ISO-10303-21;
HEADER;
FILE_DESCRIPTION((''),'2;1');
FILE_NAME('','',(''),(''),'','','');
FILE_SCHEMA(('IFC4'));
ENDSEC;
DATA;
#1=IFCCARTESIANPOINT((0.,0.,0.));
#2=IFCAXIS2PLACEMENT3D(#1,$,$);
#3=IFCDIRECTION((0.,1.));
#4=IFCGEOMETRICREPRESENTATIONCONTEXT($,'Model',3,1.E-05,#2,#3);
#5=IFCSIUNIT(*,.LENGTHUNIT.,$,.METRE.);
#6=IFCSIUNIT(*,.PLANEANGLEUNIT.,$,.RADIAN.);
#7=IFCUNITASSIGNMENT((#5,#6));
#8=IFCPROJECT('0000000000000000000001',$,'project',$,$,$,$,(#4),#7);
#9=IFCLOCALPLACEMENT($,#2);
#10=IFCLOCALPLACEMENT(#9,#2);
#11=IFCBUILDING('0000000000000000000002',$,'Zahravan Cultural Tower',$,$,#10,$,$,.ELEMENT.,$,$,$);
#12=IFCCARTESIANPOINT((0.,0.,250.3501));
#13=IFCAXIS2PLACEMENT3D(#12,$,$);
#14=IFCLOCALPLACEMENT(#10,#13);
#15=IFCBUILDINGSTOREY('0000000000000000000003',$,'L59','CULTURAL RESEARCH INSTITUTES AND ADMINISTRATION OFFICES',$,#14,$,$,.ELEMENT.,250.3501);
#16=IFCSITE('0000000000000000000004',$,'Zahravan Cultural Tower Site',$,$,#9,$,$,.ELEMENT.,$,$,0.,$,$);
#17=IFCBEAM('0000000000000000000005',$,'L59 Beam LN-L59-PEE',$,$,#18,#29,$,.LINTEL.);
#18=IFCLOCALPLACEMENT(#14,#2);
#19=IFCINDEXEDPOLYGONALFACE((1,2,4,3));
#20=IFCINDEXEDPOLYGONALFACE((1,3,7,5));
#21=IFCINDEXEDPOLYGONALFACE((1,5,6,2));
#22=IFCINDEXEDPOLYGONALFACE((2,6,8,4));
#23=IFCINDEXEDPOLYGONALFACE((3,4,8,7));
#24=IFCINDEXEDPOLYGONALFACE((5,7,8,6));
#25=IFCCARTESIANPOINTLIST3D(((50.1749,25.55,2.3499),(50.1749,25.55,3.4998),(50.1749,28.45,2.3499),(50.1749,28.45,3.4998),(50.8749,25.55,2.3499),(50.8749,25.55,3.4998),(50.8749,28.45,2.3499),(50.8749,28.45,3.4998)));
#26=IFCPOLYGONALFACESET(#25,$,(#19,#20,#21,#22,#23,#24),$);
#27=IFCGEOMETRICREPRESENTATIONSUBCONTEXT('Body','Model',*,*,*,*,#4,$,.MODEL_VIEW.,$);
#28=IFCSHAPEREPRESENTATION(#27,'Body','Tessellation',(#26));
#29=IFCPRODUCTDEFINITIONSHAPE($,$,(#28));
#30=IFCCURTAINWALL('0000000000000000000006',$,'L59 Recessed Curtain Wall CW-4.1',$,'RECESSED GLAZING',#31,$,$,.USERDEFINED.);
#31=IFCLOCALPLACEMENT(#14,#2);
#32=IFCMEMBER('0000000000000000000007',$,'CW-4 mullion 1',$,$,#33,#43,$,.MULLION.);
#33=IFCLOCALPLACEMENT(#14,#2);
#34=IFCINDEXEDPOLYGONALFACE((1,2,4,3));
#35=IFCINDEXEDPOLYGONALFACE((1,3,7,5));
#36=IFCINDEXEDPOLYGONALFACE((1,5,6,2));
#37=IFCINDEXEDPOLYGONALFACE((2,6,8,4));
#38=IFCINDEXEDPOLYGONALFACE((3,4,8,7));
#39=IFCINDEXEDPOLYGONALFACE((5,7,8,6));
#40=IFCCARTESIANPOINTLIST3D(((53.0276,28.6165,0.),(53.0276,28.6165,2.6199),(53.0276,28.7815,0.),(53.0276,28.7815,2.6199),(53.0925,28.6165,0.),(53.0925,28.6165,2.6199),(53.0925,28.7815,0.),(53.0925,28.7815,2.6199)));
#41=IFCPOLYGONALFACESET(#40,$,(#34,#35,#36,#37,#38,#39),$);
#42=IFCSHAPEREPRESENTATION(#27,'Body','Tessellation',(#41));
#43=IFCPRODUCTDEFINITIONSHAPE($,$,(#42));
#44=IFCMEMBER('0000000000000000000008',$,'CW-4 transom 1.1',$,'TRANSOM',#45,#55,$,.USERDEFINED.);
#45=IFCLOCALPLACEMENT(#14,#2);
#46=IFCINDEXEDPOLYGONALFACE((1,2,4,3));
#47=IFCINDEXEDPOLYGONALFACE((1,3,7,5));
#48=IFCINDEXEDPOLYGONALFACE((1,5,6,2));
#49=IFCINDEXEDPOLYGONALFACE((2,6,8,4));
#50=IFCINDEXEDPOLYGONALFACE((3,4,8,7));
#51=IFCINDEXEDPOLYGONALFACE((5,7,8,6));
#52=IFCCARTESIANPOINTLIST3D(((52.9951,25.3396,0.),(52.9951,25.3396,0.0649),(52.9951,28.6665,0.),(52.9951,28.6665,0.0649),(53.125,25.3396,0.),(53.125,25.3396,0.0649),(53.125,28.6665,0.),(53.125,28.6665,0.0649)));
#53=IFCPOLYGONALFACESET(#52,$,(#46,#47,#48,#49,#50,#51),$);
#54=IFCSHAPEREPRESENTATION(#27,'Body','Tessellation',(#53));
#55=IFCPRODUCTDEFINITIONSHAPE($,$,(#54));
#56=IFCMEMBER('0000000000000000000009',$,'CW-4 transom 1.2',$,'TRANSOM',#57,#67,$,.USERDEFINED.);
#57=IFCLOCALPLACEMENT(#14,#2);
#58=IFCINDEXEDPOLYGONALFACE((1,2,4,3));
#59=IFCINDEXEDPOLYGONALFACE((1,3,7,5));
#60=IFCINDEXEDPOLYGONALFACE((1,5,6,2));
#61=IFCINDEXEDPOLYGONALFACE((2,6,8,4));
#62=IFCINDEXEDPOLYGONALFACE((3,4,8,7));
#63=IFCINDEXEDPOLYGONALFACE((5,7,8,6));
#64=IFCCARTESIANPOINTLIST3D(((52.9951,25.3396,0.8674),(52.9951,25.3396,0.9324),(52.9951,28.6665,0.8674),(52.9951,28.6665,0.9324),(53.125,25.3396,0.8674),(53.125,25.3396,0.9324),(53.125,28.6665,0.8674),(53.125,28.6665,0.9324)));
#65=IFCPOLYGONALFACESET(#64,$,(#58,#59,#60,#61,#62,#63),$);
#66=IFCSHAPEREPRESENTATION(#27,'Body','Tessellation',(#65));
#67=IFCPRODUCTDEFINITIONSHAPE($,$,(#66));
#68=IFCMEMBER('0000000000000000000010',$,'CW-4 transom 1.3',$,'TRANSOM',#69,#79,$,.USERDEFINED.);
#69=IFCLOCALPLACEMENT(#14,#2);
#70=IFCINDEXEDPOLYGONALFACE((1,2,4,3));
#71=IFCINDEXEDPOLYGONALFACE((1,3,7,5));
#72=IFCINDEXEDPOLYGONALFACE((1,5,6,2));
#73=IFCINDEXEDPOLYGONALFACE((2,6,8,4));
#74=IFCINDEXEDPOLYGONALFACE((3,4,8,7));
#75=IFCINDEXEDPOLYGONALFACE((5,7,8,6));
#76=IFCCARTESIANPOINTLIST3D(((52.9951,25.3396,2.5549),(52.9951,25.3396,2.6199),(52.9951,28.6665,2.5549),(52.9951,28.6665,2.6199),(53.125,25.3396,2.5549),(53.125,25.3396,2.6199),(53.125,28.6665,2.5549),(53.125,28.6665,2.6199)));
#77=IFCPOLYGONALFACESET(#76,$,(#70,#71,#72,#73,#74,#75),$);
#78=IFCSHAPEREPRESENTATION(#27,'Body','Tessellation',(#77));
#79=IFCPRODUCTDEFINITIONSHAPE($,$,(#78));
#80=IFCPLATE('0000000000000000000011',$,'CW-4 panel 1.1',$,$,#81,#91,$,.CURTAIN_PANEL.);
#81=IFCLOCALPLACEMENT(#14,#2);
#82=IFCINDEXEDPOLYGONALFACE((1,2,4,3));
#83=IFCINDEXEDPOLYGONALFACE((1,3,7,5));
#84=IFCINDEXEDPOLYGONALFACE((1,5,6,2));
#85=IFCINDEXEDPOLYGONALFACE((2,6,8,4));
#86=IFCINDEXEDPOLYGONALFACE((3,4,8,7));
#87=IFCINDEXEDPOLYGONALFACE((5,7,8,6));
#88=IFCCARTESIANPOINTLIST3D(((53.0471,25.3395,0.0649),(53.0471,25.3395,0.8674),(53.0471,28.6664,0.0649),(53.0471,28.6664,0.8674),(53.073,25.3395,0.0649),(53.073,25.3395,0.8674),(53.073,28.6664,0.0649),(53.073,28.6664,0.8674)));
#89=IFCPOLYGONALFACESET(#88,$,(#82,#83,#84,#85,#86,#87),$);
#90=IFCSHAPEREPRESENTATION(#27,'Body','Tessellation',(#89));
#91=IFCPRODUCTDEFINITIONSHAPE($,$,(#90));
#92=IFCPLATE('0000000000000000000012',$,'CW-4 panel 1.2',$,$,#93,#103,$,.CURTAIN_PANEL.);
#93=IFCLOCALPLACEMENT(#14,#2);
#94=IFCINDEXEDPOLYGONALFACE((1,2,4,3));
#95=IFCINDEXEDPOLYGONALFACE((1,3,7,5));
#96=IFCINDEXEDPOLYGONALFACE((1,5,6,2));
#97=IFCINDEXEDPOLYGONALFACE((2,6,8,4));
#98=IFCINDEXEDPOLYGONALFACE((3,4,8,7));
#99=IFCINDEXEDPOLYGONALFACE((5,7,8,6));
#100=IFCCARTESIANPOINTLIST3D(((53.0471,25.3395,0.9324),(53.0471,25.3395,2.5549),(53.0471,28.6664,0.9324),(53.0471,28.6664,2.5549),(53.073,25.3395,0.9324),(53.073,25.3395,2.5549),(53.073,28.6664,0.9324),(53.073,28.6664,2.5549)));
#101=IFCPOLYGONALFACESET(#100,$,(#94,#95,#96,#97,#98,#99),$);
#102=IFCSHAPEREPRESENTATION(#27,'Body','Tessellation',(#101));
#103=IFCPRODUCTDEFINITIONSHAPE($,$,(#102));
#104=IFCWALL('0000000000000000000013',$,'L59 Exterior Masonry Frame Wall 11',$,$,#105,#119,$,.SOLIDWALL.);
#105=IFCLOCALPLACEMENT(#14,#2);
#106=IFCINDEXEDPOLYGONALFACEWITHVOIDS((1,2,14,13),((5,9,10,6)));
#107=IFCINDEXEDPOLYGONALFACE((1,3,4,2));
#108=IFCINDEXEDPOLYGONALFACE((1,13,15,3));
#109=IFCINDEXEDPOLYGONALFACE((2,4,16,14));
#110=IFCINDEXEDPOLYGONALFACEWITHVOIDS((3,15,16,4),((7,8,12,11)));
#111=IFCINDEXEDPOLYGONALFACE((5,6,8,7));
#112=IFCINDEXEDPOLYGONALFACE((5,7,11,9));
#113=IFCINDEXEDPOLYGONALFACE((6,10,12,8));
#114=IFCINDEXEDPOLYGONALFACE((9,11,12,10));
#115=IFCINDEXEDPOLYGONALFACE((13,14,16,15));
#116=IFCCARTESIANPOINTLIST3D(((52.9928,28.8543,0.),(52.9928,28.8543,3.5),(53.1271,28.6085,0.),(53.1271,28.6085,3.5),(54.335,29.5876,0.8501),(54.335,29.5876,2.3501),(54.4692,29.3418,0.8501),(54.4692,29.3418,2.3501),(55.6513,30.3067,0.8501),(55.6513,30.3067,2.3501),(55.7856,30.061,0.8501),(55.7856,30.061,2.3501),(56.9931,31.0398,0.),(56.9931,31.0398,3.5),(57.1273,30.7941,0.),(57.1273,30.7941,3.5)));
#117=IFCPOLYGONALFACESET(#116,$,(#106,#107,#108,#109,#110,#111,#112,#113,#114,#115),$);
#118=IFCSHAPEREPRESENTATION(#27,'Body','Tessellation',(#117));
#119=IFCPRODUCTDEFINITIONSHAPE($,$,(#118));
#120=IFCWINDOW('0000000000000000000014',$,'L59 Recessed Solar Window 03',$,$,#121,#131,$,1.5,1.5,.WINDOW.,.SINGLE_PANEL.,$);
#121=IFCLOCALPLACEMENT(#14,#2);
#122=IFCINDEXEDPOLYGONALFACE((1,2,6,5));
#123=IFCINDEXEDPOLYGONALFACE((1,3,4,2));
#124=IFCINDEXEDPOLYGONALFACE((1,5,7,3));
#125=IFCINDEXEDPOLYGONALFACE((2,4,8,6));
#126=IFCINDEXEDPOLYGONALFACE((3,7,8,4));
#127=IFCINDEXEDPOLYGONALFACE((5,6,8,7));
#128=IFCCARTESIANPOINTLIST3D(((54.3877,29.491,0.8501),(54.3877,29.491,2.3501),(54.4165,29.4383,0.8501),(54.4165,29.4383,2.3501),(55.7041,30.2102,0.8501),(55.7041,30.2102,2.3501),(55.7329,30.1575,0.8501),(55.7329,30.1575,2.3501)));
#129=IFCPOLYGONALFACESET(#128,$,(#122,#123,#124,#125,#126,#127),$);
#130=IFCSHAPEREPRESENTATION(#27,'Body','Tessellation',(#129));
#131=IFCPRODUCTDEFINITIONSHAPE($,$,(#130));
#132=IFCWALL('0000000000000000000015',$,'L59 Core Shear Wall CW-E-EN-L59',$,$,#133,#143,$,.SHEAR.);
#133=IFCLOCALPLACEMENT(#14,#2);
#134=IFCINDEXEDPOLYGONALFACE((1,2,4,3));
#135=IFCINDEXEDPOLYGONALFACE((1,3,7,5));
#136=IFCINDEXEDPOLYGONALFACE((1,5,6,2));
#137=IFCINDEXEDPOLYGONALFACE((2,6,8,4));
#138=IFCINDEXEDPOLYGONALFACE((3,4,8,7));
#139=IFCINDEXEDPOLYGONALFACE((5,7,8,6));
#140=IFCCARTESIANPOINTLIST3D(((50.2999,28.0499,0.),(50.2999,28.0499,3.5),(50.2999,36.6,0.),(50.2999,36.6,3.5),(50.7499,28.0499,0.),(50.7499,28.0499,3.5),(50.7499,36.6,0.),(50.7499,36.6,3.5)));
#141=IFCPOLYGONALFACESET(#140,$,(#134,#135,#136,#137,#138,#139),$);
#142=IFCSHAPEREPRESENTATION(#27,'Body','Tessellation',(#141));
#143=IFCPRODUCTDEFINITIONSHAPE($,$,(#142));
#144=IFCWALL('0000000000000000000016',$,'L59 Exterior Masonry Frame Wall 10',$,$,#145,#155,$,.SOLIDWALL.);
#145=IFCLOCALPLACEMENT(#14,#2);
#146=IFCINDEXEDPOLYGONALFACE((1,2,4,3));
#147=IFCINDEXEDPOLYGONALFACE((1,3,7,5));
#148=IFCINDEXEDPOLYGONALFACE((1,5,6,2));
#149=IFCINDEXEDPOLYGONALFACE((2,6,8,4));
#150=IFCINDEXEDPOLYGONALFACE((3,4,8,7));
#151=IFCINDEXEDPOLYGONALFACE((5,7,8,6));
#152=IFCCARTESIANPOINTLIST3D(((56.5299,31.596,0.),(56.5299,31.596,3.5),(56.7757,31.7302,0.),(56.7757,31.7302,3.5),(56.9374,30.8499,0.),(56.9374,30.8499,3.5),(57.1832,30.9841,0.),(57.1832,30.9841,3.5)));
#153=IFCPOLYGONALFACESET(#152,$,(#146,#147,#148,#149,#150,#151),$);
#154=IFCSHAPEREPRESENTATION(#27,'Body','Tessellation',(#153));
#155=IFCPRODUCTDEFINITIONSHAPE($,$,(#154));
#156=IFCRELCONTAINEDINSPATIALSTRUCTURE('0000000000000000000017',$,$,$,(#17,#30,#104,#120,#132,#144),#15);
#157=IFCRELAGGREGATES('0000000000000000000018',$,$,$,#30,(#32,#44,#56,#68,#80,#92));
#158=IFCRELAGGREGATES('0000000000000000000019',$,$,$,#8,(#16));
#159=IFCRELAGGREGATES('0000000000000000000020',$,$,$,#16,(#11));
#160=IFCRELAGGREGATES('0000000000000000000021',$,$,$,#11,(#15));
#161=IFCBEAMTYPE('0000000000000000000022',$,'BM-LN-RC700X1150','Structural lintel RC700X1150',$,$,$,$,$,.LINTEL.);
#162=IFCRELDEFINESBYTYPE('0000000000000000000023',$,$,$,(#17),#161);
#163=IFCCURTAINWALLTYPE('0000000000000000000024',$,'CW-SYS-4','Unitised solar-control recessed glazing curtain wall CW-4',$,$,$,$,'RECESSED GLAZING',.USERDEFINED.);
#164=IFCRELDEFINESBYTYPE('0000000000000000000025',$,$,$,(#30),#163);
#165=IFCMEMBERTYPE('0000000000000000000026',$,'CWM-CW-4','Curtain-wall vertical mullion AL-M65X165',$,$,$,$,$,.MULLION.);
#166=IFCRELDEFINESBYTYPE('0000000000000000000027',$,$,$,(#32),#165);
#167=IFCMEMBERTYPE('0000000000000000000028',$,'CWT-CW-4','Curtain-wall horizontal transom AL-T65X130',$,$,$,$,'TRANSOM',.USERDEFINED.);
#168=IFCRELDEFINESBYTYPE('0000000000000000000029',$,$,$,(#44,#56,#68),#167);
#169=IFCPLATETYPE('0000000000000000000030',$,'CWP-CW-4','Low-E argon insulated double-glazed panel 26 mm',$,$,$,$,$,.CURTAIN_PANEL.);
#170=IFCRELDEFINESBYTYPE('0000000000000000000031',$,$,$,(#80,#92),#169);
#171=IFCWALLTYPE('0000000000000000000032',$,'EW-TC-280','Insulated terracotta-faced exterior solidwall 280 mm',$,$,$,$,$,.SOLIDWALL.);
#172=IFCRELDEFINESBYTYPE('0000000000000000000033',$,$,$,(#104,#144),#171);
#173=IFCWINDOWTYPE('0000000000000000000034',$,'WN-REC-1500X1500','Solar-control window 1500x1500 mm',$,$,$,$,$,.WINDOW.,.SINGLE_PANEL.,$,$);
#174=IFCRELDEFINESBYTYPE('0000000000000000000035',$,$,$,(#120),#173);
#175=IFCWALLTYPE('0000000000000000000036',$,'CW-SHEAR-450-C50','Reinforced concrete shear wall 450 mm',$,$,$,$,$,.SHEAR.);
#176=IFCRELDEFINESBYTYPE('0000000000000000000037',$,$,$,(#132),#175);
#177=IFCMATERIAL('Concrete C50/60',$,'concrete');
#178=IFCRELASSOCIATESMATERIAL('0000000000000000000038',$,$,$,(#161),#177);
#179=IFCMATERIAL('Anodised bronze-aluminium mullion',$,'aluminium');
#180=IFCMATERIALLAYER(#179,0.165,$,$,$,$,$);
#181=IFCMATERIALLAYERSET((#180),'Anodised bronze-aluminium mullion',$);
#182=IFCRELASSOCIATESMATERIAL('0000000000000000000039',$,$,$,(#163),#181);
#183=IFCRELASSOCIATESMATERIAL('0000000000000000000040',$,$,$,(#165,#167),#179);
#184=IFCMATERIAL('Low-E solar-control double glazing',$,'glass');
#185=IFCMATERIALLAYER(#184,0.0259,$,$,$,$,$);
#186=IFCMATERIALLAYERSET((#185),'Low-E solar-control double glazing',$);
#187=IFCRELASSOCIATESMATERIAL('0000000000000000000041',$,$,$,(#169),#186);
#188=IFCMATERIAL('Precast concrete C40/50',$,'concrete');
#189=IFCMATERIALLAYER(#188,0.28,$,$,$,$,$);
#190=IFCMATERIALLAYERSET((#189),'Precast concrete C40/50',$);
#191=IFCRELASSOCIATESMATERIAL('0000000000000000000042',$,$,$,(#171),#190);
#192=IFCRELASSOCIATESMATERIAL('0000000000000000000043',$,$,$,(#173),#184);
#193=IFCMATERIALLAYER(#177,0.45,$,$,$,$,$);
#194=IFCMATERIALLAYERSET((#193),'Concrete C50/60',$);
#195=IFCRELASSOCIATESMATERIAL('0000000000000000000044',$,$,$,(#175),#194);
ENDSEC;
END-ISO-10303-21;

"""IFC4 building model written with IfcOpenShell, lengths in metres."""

from ifc_helpers import new_model, si_unit, direction, frame, frame_2d, origin, origin_2d, place, context, subcontext, project, spatial, rectangle, extrude, source, transform, mapped, material, layer, layer_set, material_profile, profile_set, type_object, element, fill, aggregate, save


model = new_model("IFC4")

# Units and contexts
model_context = context("Model", 3, precision=1e-05, world=origin(), true_north=direction((0.0, 1.0)))
body_context = subcontext(model_context, "Body", "Model", "MODEL_VIEW")
ifc_project = project(units=[si_unit("LENGTHUNIT", "METRE"), si_unit("PLANEANGLEUNIT", "RADIAN")], contexts=[model_context])

# Site, building, storey
site_placement = place(None, origin())
site = spatial("IfcSite", under=ifc_project, at=site_placement, Name="Zahravan Cultural Tower Site", CompositionType="ELEMENT", RefElevation=0.0)
building_placement = place(site_placement, origin())
building = spatial("IfcBuilding", under=site, at=building_placement, Name="Zahravan Cultural Tower", CompositionType="ELEMENT")
storey_placement = place(building_placement, frame((0.0, 0.0, 250.3501)))
storey = spatial("IfcBuildingStorey", under=building, at=storey_placement, Name="L59", Description="CULTURAL RESEARCH INSTITUTES AND ADMINISTRATION OFFICES", CompositionType="ELEMENT", Elevation=250.3501)

# Beam
ifc_material_1 = material(Name="Concrete C50/60", Category="concrete")
ifc_material_profile_1 = material_profile(ifc_material_1, rectangle(XDim=0.7, YDim=1.1499, at=origin_2d()), Name="RC700X1150")
ifc_profile_set_1 = profile_set([ifc_material_profile_1], Name="Concrete C50/60")
beam_type = type_object("IfcBeamType", Name="BM-LN-RC700X1150", Description="Structural lintel RC700X1150", PredefinedType="LINTEL", material=ifc_profile_set_1)
shared_shape_1 = source(origin(), body_context, "Body", "SweptSolid", [
    extrude(rectangle(XDim=0.7, YDim=1.1499, at=origin_2d()), origin(), (0.0, 0.0, 1.0), 2.8999),
])
beam_placement = place(storey_placement, frame((50.5249, 25.55, 2.9248), z_axis=(0.0, 1.0, 0.0), x_axis=(-1.0, 0.0, 0.0)))
element("IfcBeam", 1, at=beam_placement, inside=storey, type_object=beam_type, Name="L59 Beam LN-L59-PEE", PredefinedType="LINTEL", context=body_context, shape_type="MappedRepresentation", body=[
    mapped(shared_shape_1, transform((0.0, 0.0, 0.0), x_axis=(1.0, 0.0, 0.0), y_axis=(0.0, 1.0, 0.0), z_axis=(0.0, 0.0, 1.0), scale=1.0)),
])

# Curtain wall, members, plates
ifc_material_2 = material(Name="Anodised bronze-aluminium mullion", Category="aluminium")
ifc_layer_1 = layer(ifc_material_2, 0.165)
ifc_layer_set_1 = layer_set([ifc_layer_1], Name="Anodised bronze-aluminium mullion")
curtain_wall_type = type_object("IfcCurtainWallType", Name="CW-SYS-4", Description="Unitised solar-control recessed glazing curtain wall CW-4", ElementType="RECESSED GLAZING", PredefinedType="USERDEFINED", material=ifc_layer_set_1)
curtain_wall_placement = place(storey_placement, origin())
curtain_wall = element("IfcCurtainWall", 2, at=curtain_wall_placement, inside=storey, type_object=curtain_wall_type, Name="L59 Recessed Curtain Wall CW-4.1", ObjectType="RECESSED GLAZING", PredefinedType="USERDEFINED")
ifc_material_profile_2 = material_profile(ifc_material_2, rectangle(XDim=0.0649, YDim=0.165, at=origin_2d()), Name="AL-M65X165")
ifc_profile_set_2 = profile_set([ifc_material_profile_2], Name="Anodised bronze-aluminium mullion")
member_type_1 = type_object("IfcMemberType", Name="CWM-CW-4", Description="Curtain-wall vertical mullion AL-M65X165", PredefinedType="MULLION", material=ifc_profile_set_2)
shared_shape_2 = source(origin(), body_context, "Body", "SweptSolid", [
    extrude(rectangle(XDim=0.0649, YDim=0.165, at=origin_2d()), origin(), (0.0, 0.0, 1.0), 2.6199),
])
member_1_placement = place(storey_placement, frame((53.0601, 28.699, 0.0), z_axis=(0.0, 0.0, 1.0), x_axis=(1.0, 0.0, 0.0)))
member_1 = element("IfcMember", 3, at=member_1_placement, type_object=member_type_1, Name="CW-4 mullion 1", PredefinedType="MULLION", context=body_context, shape_type="MappedRepresentation", body=[
    mapped(shared_shape_2, transform((0.0, 0.0, 0.0), x_axis=(1.0, 0.0, 0.0), y_axis=(0.0, 1.0, 0.0), z_axis=(0.0, 0.0, 1.0), scale=1.0)),
])
ifc_material_profile_3 = material_profile(ifc_material_2, rectangle(XDim=0.1299, YDim=0.0649, at=origin_2d()), Name="AL-T65X130")
ifc_profile_set_3 = profile_set([ifc_material_profile_3], Name="Anodised bronze-aluminium mullion")
member_type_2 = type_object("IfcMemberType", Name="CWT-CW-4", Description="Curtain-wall horizontal transom AL-T65X130", ElementType="TRANSOM", PredefinedType="USERDEFINED", material=ifc_profile_set_3)
shared_shape_3 = source(origin(), body_context, "Body", "SweptSolid", [
    extrude(rectangle(XDim=0.1299, YDim=0.0649, at=origin_2d()), origin(), (0.0, 0.0, 1.0), 3.3269),
])
member_2_placement = place(storey_placement, frame((53.0601, 28.6665, 0.0325), z_axis=(0.0, -1.0, 0.0), x_axis=(1.0, 0.0, 0.0)))
member_2 = element("IfcMember", 4, at=member_2_placement, type_object=member_type_2, Name="CW-4 transom 1.1", ObjectType="TRANSOM", PredefinedType="USERDEFINED", context=body_context, shape_type="MappedRepresentation", body=[
    mapped(shared_shape_3, transform((0.0, 0.0, 0.0), x_axis=(1.0, 0.0, 0.0), y_axis=(0.0, 1.0, 0.0), z_axis=(0.0, 0.0, 1.0), scale=1.0)),
])
member_3_placement = place(storey_placement, frame((53.0601, 28.6665, 0.8999), z_axis=(0.0, -1.0, 0.0), x_axis=(1.0, 0.0, 0.0)))
member_3 = element("IfcMember", 5, at=member_3_placement, type_object=member_type_2, Name="CW-4 transom 1.2", ObjectType="TRANSOM", PredefinedType="USERDEFINED", context=body_context, shape_type="MappedRepresentation", body=[
    mapped(shared_shape_3, transform((0.0, 0.0, 0.0), x_axis=(1.0, 0.0, 0.0), y_axis=(0.0, 1.0, 0.0), z_axis=(0.0, 0.0, 1.0), scale=1.0)),
])
member_4_placement = place(storey_placement, frame((53.0601, 28.6665, 2.5874), z_axis=(0.0, -1.0, 0.0), x_axis=(1.0, 0.0, 0.0)))
member_4 = element("IfcMember", 6, at=member_4_placement, type_object=member_type_2, Name="CW-4 transom 1.3", ObjectType="TRANSOM", PredefinedType="USERDEFINED", context=body_context, shape_type="MappedRepresentation", body=[
    mapped(shared_shape_3, transform((0.0, 0.0, 0.0), x_axis=(1.0, 0.0, 0.0), y_axis=(0.0, 1.0, 0.0), z_axis=(0.0, 0.0, 1.0), scale=1.0)),
])
ifc_material_3 = material(Name="Low-E solar-control double glazing", Category="glass")
ifc_layer_2 = layer(ifc_material_3, 0.0259)
ifc_layer_set_2 = layer_set([ifc_layer_2], Name="Low-E solar-control double glazing")
plate_type = type_object("IfcPlateType", Name="CWP-CW-4", Description="Low-E argon insulated double-glazed panel 26 mm", PredefinedType="CURTAIN_PANEL", material=ifc_layer_set_2)
shared_shape_4 = source(origin(), body_context, "Body", "SweptSolid", [
    extrude(rectangle(XDim=3.3269, YDim=0.0259, at=origin_2d()), origin(), (0.0, 0.0, 1.0), 0.8025),
])
plate_1_placement = place(storey_placement, frame((53.0601, 27.0029, 0.0649), z_axis=(0.0, 0.0, 1.0), x_axis=(0.0, -1.0, 0.0)))
plate_1 = element("IfcPlate", 7, at=plate_1_placement, type_object=plate_type, Name="CW-4 panel 1.1", PredefinedType="CURTAIN_PANEL", context=body_context, shape_type="MappedRepresentation", body=[
    mapped(shared_shape_4, transform((0.0, 0.0, 0.0), x_axis=(1.0, 0.0, 0.0), y_axis=(0.0, 1.0, 0.0), z_axis=(0.0, 0.0, 1.0), scale=1.0)),
])
shared_shape_5 = source(origin(), body_context, "Body", "SweptSolid", [
    extrude(rectangle(XDim=3.3269, YDim=0.0259, at=origin_2d()), origin(), (0.0, 0.0, 1.0), 1.6226),
])
plate_2_placement = place(storey_placement, frame((53.0601, 27.0029, 0.9324), z_axis=(0.0, 0.0, 1.0), x_axis=(0.0, -1.0, 0.0)))
plate_2 = element("IfcPlate", 8, at=plate_2_placement, type_object=plate_type, Name="CW-4 panel 1.2", PredefinedType="CURTAIN_PANEL", context=body_context, shape_type="MappedRepresentation", body=[
    mapped(shared_shape_5, transform((0.0, 0.0, 0.0), x_axis=(1.0, 0.0, 0.0), y_axis=(0.0, 1.0, 0.0), z_axis=(0.0, 0.0, 1.0), scale=1.0)),
])
aggregate(curtain_wall, [member_1, member_2, member_3, member_4, plate_1, plate_2])

# Wall, opening, window
ifc_material_4 = material(Name="Precast concrete C40/50", Category="concrete")
ifc_layer_3 = layer(ifc_material_4, 0.28)
ifc_layer_set_3 = layer_set([ifc_layer_3], Name="Precast concrete C40/50")
wall_type_1 = type_object("IfcWallType", Name="EW-TC-280", Description="Insulated terracotta-faced exterior solidwall 280 mm", PredefinedType="SOLIDWALL", material=ifc_layer_set_3)
wall_1_placement = place(storey_placement, frame((57.0603, 30.917, 0.0), z_axis=(0.0, 0.0, 1.0), x_axis=(-0.877564, -0.47946, 0.0)))
wall_1 = element("IfcWall", 9, at=wall_1_placement, inside=storey, type_object=wall_type_1, Name="L59 Exterior Masonry Frame Wall 11", PredefinedType="SOLIDWALL", context=body_context, shape_type="SweptSolid", body=[
    extrude(rectangle(XDim=4.5583, YDim=0.28, at=frame_2d((2.2793, 0.0))), origin(), (0.0, 0.0, 1.0), 3.5),
])
opening_placement = place(wall_1_placement, frame((1.5291, 0.0, 0.8501)))
opening = element("IfcOpeningElement", 10, at=opening_placement, cuts=wall_1, PredefinedType="OPENING", context=body_context, shape_type="SweptSolid", body=[
    extrude(rectangle(XDim=1.5, YDim=1.5, at=frame_2d((0.75, 0.75))), frame((0.0, 0.1499, 0.0), z_axis=(0.0, -1.0, 0.0), x_axis=(1.0, 0.0, 0.0)), (0.0, 0.0, 1.0), 0.3),
])
window_type = type_object("IfcWindowType", Name="WN-REC-1500X1500", Description="Solar-control window 1500x1500 mm", PartitioningType="SINGLE_PANEL", PredefinedType="WINDOW", material=ifc_material_3)
shared_shape_6 = source(origin(), body_context, "Body", "SweptSolid", [
    extrude(rectangle(XDim=1.5, YDim=1.5, at=frame_2d((0.75, 0.75))), frame((0.0, 0.03, 0.0), z_axis=(0.0, -1.0, 0.0), x_axis=(1.0, 0.0, 0.0)), (0.0, 0.0, 1.0), 0.0601),
])
window_placement = place(opening_placement, origin())
window = element("IfcWindow", 11, at=window_placement, inside=storey, type_object=window_type, Name="L59 Recessed Solar Window 03", OverallHeight=1.5, OverallWidth=1.5, PartitioningType="SINGLE_PANEL", PredefinedType="WINDOW", context=body_context, shape_type="MappedRepresentation", body=[
    mapped(shared_shape_6, transform((0.0, 0.0, 0.0), x_axis=(1.0, 0.0, 0.0), y_axis=(0.0, 1.0, 0.0), z_axis=(0.0, 0.0, 1.0), scale=1.0)),
])
fill(opening, window)

# Walls
ifc_layer_4 = layer(ifc_material_1, 0.45)
ifc_layer_set_4 = layer_set([ifc_layer_4], Name="Concrete C50/60")
wall_type_2 = type_object("IfcWallType", Name="CW-SHEAR-450-C50", Description="Reinforced concrete shear wall 450 mm", PredefinedType="SHEAR", material=ifc_layer_set_4)
shared_shape_7 = source(origin(), body_context, "Body", "SweptSolid", [
    extrude(rectangle(XDim=8.55, YDim=0.45, at=frame_2d((4.2749, 0.0))), origin(), (0.0, 0.0, 1.0), 3.5),
])
wall_2_placement = place(storey_placement, frame((50.5249, 28.05, 0.0), z_axis=(0.0, 0.0, 1.0), x_axis=(0.0, 1.0, 0.0)))
element("IfcWall", 12, at=wall_2_placement, inside=storey, type_object=wall_type_2, Name="L59 Core Shear Wall CW-E-EN-L59", PredefinedType="SHEAR", context=body_context, shape_type="MappedRepresentation", body=[
    mapped(shared_shape_7, transform((0.0, 0.0, 0.0), x_axis=(1.0, 0.0, 0.0), y_axis=(0.0, 1.0, 0.0), z_axis=(0.0, 0.0, 1.0), scale=1.0)),
])
shared_shape_8 = source(origin(), body_context, "Body", "SweptSolid", [
    extrude(rectangle(XDim=0.8501, YDim=0.28, at=frame_2d((0.425, 0.0))), origin(), (0.0, 0.0, 1.0), 3.5),
])
wall_3_placement = place(storey_placement, frame((56.6528, 31.6631, 0.0), z_axis=(0.0, 0.0, 1.0), x_axis=(0.479315, -0.877643, 0.0)))
element("IfcWall", 13, at=wall_3_placement, inside=storey, type_object=wall_type_1, Name="L59 Exterior Masonry Frame Wall 10", PredefinedType="SOLIDWALL", context=body_context, shape_type="MappedRepresentation", body=[
    mapped(shared_shape_8, transform((0.0, 0.0, 0.0), x_axis=(1.0, 0.0, 0.0), y_axis=(0.0, 1.0, 0.0), z_axis=(0.0, 0.0, 1.0), scale=1.0)),
])

save(model, "model.ifc")
